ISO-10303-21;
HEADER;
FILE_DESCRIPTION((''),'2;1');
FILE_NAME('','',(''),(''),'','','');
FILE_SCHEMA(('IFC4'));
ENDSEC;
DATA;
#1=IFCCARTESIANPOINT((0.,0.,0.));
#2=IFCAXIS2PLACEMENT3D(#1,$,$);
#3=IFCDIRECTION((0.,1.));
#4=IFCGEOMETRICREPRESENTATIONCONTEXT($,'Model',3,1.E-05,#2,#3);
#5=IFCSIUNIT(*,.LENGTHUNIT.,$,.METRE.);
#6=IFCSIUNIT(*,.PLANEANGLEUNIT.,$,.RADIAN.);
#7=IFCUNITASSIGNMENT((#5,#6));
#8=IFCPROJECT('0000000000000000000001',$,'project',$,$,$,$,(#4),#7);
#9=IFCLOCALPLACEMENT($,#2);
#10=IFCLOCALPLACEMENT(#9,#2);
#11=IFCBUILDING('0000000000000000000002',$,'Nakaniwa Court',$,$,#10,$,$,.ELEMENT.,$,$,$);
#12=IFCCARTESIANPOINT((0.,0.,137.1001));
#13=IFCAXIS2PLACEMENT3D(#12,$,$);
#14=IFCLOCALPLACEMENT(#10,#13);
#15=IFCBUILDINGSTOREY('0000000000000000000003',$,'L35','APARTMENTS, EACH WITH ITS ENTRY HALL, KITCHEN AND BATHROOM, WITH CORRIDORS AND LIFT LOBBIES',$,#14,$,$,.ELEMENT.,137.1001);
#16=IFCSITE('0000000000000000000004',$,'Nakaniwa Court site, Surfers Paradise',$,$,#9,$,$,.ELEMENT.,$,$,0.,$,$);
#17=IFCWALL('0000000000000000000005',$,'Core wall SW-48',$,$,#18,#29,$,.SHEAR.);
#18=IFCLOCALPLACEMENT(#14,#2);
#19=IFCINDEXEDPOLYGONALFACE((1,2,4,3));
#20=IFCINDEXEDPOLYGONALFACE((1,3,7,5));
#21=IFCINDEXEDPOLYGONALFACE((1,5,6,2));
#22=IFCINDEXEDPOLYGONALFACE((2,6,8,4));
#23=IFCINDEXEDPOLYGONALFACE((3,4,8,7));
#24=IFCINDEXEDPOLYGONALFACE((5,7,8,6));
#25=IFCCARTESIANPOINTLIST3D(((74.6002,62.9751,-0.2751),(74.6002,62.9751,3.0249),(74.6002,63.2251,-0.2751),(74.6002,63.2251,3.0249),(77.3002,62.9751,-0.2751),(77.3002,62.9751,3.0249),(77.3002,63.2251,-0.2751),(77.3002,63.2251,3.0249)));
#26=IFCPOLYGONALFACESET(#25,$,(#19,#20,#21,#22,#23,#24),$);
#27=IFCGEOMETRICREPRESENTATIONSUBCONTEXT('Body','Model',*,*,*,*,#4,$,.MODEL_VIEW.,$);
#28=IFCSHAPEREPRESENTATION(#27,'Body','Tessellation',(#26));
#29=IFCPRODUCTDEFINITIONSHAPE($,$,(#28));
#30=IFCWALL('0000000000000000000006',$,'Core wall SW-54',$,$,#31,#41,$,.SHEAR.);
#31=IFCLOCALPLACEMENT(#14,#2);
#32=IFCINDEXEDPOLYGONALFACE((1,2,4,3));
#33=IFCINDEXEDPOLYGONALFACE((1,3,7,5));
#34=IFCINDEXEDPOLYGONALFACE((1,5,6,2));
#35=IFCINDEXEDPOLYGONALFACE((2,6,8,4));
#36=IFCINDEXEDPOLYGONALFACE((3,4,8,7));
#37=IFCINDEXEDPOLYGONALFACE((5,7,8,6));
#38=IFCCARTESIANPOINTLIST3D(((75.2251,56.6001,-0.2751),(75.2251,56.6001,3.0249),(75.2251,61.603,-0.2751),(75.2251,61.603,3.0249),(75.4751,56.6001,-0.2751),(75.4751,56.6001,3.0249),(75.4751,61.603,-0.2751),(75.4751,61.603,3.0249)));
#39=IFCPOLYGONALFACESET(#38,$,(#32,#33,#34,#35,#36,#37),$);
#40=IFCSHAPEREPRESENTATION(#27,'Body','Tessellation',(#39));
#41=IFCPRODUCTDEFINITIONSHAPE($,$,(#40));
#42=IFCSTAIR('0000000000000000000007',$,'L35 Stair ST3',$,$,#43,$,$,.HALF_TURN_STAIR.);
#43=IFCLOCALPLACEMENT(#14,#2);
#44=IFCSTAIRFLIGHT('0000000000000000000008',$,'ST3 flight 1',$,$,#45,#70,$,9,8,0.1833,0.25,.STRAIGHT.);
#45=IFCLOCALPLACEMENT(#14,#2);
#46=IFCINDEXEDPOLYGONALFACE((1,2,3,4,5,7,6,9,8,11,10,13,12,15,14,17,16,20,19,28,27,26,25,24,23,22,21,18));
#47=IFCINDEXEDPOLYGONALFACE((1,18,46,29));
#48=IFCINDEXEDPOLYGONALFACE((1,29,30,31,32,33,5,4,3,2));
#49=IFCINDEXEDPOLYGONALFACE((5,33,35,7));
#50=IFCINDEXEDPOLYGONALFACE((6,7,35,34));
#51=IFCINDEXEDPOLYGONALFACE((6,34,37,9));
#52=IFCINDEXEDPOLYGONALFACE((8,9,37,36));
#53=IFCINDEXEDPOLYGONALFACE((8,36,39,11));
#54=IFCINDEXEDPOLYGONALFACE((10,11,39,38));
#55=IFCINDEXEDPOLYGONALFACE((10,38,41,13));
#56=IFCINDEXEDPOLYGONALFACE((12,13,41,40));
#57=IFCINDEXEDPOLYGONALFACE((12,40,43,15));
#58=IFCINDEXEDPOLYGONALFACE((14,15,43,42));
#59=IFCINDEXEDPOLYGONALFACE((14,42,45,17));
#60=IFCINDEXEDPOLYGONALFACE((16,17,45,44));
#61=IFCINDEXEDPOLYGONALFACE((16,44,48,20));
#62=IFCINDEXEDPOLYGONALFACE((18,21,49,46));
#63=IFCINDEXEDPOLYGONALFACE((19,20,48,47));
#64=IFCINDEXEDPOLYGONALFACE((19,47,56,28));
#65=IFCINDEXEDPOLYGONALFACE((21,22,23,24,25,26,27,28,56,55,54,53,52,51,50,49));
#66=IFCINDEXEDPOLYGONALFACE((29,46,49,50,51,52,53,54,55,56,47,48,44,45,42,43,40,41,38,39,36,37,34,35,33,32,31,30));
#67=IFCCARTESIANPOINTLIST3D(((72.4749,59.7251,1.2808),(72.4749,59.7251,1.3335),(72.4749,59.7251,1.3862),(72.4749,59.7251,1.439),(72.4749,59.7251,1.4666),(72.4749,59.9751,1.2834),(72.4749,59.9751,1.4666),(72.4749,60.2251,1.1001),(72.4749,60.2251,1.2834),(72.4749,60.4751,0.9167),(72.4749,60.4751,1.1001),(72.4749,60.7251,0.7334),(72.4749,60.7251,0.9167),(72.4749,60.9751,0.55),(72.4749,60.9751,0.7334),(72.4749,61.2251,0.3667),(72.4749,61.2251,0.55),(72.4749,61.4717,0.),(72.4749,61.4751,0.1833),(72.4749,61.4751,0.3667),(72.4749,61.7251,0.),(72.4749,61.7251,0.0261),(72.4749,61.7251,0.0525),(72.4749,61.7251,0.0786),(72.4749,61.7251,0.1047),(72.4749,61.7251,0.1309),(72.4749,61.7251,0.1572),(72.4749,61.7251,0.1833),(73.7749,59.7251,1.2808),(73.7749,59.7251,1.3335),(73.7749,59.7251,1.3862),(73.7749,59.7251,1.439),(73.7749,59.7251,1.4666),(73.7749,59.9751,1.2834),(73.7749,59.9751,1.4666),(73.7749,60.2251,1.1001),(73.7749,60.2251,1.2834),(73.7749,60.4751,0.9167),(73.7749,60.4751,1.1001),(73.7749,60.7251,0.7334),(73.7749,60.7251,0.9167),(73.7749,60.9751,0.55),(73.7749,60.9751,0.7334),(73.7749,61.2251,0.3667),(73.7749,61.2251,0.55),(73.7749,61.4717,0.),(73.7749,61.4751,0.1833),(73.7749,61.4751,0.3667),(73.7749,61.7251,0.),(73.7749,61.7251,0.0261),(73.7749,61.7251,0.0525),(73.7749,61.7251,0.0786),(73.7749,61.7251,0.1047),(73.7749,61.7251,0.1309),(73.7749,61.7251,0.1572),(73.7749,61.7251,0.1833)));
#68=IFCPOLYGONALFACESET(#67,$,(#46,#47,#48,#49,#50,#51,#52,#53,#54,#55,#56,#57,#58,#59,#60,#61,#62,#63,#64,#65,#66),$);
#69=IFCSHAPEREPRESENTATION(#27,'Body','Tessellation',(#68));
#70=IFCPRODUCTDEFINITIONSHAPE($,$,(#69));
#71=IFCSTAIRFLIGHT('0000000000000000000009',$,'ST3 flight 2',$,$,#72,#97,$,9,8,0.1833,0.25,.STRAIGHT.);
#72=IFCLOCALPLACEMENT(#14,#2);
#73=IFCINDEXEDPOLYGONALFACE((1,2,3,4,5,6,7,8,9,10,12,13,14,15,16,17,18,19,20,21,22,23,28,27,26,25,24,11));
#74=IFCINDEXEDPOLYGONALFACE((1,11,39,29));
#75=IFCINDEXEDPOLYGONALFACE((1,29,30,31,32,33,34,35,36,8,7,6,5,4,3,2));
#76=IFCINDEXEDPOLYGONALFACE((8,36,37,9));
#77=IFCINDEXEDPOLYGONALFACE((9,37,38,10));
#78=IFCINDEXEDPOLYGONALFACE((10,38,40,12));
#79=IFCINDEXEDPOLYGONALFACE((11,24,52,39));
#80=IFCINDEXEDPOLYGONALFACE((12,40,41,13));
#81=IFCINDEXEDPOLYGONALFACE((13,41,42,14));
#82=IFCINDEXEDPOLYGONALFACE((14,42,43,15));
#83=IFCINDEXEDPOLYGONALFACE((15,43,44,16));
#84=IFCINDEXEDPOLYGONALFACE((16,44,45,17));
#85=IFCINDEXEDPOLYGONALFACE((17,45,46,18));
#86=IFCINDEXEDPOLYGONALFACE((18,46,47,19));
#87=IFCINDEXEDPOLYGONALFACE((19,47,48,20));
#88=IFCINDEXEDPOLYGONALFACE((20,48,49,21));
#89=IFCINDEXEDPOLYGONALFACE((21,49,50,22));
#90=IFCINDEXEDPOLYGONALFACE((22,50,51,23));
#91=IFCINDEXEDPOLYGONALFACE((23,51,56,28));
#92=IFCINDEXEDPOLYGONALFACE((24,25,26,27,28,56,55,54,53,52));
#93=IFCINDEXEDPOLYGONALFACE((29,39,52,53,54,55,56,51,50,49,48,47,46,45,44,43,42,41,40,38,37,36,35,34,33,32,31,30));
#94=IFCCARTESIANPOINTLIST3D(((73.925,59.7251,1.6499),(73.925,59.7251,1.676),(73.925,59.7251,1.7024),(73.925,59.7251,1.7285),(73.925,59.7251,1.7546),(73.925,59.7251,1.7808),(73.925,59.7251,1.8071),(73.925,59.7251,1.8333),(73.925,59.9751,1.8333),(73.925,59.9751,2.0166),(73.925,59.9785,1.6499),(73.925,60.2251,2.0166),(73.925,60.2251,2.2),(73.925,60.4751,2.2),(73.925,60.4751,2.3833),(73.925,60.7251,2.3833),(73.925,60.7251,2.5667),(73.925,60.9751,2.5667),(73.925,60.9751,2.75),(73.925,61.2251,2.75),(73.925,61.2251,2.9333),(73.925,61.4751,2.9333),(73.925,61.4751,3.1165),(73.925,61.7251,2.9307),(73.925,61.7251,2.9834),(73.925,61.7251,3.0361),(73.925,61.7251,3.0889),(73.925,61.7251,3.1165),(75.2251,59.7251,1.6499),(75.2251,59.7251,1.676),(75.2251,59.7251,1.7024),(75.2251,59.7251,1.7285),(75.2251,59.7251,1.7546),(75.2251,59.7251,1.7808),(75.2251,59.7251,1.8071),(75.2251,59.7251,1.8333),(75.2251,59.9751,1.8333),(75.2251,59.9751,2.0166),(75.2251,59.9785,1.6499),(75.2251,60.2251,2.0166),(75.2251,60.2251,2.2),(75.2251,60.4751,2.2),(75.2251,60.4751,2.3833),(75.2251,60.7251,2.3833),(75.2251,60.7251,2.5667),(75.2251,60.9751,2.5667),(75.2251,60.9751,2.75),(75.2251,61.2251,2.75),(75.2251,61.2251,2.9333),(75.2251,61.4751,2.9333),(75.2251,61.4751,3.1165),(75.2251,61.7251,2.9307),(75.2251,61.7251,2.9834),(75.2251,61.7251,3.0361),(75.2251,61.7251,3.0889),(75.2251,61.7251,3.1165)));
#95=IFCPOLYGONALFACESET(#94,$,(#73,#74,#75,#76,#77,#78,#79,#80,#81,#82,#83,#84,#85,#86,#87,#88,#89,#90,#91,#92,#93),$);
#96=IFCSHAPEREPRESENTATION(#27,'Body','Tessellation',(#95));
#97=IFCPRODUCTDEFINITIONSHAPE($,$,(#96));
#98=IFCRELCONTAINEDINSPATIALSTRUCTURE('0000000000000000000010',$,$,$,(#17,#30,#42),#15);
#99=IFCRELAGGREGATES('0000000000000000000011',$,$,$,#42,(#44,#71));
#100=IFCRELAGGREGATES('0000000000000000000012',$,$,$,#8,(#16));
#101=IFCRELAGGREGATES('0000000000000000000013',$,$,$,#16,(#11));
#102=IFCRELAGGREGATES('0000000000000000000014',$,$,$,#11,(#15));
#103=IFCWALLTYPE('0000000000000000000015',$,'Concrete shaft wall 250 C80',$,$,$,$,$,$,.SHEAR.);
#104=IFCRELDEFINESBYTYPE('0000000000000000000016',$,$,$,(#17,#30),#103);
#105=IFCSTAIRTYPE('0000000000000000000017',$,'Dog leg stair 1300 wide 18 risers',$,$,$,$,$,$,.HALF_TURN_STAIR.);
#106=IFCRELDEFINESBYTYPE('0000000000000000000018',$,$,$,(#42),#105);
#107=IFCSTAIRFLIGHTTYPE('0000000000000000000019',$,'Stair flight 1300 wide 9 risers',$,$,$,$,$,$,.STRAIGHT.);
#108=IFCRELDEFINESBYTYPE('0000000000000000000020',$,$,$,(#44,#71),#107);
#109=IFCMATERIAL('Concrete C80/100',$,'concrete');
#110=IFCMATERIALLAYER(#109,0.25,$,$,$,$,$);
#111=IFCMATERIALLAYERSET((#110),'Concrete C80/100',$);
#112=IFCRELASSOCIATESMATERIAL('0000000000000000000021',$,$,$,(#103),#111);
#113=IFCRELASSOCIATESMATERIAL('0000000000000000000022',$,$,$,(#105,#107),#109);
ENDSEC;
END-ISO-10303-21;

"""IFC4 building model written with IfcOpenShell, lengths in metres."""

from ifc_helpers import new_model, si_unit, direction, frame, frame_2d, origin, place, context, subcontext, project, spatial, polyline, rectangle, outline, extrude, material, layer, layer_set, type_object, element, aggregate, save


model = new_model("IFC4")

# Units and contexts
model_context = context("Model", 3, precision=1e-05, world=origin(), true_north=direction((0.0, 1.0)))
body_context = subcontext(model_context, "Body", "Model", "MODEL_VIEW")
ifc_project = project(units=[si_unit("LENGTHUNIT", "METRE"), si_unit("PLANEANGLEUNIT", "RADIAN")], contexts=[model_context])

# Site, building, storey
site_placement = place(None, origin())
site = spatial("IfcSite", under=ifc_project, at=site_placement, Name="Nakaniwa Court site, Surfers Paradise", CompositionType="ELEMENT", RefElevation=0.0)
building_placement = place(site_placement, origin())
building = spatial("IfcBuilding", under=site, at=building_placement, Name="Nakaniwa Court", CompositionType="ELEMENT")
storey_placement = place(building_placement, frame((0.0, 0.0, 137.1001)))
storey = spatial("IfcBuildingStorey", under=building, at=storey_placement, Name="L35", Description="APARTMENTS, EACH WITH ITS ENTRY HALL, KITCHEN AND BATHROOM, WITH CORRIDORS AND LIFT LOBBIES", CompositionType="ELEMENT", Elevation=137.1001)

# Shared definitions
ifc_material_1 = material(Name="Concrete C80/100", Category="concrete")

# Walls
ifc_layer_1 = layer(ifc_material_1, 0.25)
ifc_layer_set_1 = layer_set([ifc_layer_1], Name="Concrete C80/100")
wall_type_1 = type_object("IfcWallType", Name="Concrete shaft wall 250 C80", PredefinedType="SHEAR", material=ifc_layer_set_1)
wall_1_placement = place(storey_placement, frame((74.6001, 63.1001, -0.2751), z_axis=(0.0, 0.0, 1.0), x_axis=(1.0, 0.0, 0.0)))
element("IfcWall", 1, at=wall_1_placement, inside=storey, type_object=wall_type_1, Name="Core wall SW-48", PredefinedType="SHEAR", context=body_context, shape_type="SweptSolid", body=[
    extrude(rectangle(XDim=2.7, YDim=0.25, at=frame_2d((1.3501, 0.0))), origin(), (0.0, 0.0, 1.0), 3.3),
])
wall_2_placement = place(storey_placement, frame((75.3501, 56.6001, -0.2751), z_axis=(0.0, 0.0, 1.0), x_axis=(0.0, 1.0, 0.0)))
element("IfcWall", 2, at=wall_2_placement, inside=storey, type_object=wall_type_1, Name="Core wall SW-54", PredefinedType="SHEAR", context=body_context, shape_type="SweptSolid", body=[
    extrude(rectangle(XDim=5.0029, YDim=0.25, at=frame_2d((2.5015, 0.0))), origin(), (0.0, 0.0, 1.0), 3.3),
])

# Stair, stair flights
stair_type = type_object("IfcStairType", Name="Dog leg stair 1300 wide 18 risers", PredefinedType="HALF_TURN_STAIR", material=ifc_material_1)
stair_placement = place(storey_placement, origin())
stair = element("IfcStair", 3, at=stair_placement, inside=storey, type_object=stair_type, Name="L35 Stair ST3", PredefinedType="HALF_TURN_STAIR")
stair_flight_type = type_object("IfcStairFlightType", Name="Stair flight 1300 wide 9 risers", PredefinedType="STRAIGHT", material=ifc_material_1)
stair_flight_1_placement = place(storey_placement, frame((73.125, 61.7251, 0.0), z_axis=(0.0, 0.0, 1.0), x_axis=(0.0, -1.0, 0.0)))
stair_flight_1 = element("IfcStairFlight", 4, at=stair_flight_1_placement, type_object=stair_flight_type, Name="ST3 flight 1", NumberOfRisers=9, NumberOfTreads=8, PredefinedType="STRAIGHT", RiserHeight=0.1833, TreadLength=0.25, context=body_context, shape_type="SweptSolid", body=[
    extrude(outline(polyline([(0.0, 0.0), (0.0, 0.0261), (0.0, 0.0525), (0.0, 0.0786), (0.0, 0.1047), (0.0, 0.1309), (0.0, 0.1572), (0.0, 0.1833), (0.25, 0.1833), (0.25, 0.3667), (0.5, 0.3667), (0.5, 0.55), (0.75, 0.55), (0.75, 0.7334), (1.0, 0.7334), (1.0, 0.9167), (1.25, 0.9167), (1.25, 1.1001), (1.5, 1.1001), (1.5, 1.2834), (1.75, 1.2834), (1.75, 1.4666), (2.0, 1.4666), (2.0, 1.6499), (2.0, 1.5972), (2.0, 1.5444), (2.0, 1.4917), (2.0, 1.439), (2.0, 1.3862), (2.0, 1.3335), (2.0, 1.2808), (0.2534, 0.0), (0.0, 0.0)])), frame((0.0, 0.6499, 0.0), z_axis=(0.0, -1.0, 0.0), x_axis=(1.0, 0.0, 0.0)), (0.0, 0.0, 1.0), 1.3),
])
stair_flight_2_placement = place(storey_placement, frame((74.575, 59.7251, 1.6499), z_axis=(0.0, 0.0, 1.0), x_axis=(0.0, 1.0, 0.0)))
stair_flight_2 = element("IfcStairFlight", 5, at=stair_flight_2_placement, type_object=stair_flight_type, Name="ST3 flight 2", NumberOfRisers=9, NumberOfTreads=8, PredefinedType="STRAIGHT", RiserHeight=0.1833, TreadLength=0.25, context=body_context, shape_type="SweptSolid", body=[
    extrude(outline(polyline([(0.0, 0.0), (0.0, 0.0261), (0.0, 0.0525), (0.0, 0.0786), (0.0, 0.1047), (0.0, 0.1309), (0.0, 0.1572), (0.0, 0.1833), (0.25, 0.1833), (0.25, 0.3667), (0.5, 0.3667), (0.5, 0.55), (0.75, 0.55), (0.75, 0.7334), (1.0, 0.7334), (1.0, 0.9167), (1.25, 0.9167), (1.25, 1.1001), (1.5, 1.1001), (1.5, 1.2834), (1.75, 1.2834), (1.75, 1.4666), (2.0, 1.4666), (2.0, 1.6499), (2.0, 1.5972), (2.0, 1.5444), (2.0, 1.4917), (2.0, 1.439), (2.0, 1.3862), (2.0, 1.3335), (2.0, 1.2808), (0.2534, 0.0), (0.0, 0.0)])), frame((0.0, 0.6499, 0.0), z_axis=(0.0, -1.0, 0.0), x_axis=(1.0, 0.0, 0.0)), (0.0, 0.0, 1.0), 1.3),
])
aggregate(stair, [stair_flight_1, stair_flight_2])

save(model, "model.ifc")
